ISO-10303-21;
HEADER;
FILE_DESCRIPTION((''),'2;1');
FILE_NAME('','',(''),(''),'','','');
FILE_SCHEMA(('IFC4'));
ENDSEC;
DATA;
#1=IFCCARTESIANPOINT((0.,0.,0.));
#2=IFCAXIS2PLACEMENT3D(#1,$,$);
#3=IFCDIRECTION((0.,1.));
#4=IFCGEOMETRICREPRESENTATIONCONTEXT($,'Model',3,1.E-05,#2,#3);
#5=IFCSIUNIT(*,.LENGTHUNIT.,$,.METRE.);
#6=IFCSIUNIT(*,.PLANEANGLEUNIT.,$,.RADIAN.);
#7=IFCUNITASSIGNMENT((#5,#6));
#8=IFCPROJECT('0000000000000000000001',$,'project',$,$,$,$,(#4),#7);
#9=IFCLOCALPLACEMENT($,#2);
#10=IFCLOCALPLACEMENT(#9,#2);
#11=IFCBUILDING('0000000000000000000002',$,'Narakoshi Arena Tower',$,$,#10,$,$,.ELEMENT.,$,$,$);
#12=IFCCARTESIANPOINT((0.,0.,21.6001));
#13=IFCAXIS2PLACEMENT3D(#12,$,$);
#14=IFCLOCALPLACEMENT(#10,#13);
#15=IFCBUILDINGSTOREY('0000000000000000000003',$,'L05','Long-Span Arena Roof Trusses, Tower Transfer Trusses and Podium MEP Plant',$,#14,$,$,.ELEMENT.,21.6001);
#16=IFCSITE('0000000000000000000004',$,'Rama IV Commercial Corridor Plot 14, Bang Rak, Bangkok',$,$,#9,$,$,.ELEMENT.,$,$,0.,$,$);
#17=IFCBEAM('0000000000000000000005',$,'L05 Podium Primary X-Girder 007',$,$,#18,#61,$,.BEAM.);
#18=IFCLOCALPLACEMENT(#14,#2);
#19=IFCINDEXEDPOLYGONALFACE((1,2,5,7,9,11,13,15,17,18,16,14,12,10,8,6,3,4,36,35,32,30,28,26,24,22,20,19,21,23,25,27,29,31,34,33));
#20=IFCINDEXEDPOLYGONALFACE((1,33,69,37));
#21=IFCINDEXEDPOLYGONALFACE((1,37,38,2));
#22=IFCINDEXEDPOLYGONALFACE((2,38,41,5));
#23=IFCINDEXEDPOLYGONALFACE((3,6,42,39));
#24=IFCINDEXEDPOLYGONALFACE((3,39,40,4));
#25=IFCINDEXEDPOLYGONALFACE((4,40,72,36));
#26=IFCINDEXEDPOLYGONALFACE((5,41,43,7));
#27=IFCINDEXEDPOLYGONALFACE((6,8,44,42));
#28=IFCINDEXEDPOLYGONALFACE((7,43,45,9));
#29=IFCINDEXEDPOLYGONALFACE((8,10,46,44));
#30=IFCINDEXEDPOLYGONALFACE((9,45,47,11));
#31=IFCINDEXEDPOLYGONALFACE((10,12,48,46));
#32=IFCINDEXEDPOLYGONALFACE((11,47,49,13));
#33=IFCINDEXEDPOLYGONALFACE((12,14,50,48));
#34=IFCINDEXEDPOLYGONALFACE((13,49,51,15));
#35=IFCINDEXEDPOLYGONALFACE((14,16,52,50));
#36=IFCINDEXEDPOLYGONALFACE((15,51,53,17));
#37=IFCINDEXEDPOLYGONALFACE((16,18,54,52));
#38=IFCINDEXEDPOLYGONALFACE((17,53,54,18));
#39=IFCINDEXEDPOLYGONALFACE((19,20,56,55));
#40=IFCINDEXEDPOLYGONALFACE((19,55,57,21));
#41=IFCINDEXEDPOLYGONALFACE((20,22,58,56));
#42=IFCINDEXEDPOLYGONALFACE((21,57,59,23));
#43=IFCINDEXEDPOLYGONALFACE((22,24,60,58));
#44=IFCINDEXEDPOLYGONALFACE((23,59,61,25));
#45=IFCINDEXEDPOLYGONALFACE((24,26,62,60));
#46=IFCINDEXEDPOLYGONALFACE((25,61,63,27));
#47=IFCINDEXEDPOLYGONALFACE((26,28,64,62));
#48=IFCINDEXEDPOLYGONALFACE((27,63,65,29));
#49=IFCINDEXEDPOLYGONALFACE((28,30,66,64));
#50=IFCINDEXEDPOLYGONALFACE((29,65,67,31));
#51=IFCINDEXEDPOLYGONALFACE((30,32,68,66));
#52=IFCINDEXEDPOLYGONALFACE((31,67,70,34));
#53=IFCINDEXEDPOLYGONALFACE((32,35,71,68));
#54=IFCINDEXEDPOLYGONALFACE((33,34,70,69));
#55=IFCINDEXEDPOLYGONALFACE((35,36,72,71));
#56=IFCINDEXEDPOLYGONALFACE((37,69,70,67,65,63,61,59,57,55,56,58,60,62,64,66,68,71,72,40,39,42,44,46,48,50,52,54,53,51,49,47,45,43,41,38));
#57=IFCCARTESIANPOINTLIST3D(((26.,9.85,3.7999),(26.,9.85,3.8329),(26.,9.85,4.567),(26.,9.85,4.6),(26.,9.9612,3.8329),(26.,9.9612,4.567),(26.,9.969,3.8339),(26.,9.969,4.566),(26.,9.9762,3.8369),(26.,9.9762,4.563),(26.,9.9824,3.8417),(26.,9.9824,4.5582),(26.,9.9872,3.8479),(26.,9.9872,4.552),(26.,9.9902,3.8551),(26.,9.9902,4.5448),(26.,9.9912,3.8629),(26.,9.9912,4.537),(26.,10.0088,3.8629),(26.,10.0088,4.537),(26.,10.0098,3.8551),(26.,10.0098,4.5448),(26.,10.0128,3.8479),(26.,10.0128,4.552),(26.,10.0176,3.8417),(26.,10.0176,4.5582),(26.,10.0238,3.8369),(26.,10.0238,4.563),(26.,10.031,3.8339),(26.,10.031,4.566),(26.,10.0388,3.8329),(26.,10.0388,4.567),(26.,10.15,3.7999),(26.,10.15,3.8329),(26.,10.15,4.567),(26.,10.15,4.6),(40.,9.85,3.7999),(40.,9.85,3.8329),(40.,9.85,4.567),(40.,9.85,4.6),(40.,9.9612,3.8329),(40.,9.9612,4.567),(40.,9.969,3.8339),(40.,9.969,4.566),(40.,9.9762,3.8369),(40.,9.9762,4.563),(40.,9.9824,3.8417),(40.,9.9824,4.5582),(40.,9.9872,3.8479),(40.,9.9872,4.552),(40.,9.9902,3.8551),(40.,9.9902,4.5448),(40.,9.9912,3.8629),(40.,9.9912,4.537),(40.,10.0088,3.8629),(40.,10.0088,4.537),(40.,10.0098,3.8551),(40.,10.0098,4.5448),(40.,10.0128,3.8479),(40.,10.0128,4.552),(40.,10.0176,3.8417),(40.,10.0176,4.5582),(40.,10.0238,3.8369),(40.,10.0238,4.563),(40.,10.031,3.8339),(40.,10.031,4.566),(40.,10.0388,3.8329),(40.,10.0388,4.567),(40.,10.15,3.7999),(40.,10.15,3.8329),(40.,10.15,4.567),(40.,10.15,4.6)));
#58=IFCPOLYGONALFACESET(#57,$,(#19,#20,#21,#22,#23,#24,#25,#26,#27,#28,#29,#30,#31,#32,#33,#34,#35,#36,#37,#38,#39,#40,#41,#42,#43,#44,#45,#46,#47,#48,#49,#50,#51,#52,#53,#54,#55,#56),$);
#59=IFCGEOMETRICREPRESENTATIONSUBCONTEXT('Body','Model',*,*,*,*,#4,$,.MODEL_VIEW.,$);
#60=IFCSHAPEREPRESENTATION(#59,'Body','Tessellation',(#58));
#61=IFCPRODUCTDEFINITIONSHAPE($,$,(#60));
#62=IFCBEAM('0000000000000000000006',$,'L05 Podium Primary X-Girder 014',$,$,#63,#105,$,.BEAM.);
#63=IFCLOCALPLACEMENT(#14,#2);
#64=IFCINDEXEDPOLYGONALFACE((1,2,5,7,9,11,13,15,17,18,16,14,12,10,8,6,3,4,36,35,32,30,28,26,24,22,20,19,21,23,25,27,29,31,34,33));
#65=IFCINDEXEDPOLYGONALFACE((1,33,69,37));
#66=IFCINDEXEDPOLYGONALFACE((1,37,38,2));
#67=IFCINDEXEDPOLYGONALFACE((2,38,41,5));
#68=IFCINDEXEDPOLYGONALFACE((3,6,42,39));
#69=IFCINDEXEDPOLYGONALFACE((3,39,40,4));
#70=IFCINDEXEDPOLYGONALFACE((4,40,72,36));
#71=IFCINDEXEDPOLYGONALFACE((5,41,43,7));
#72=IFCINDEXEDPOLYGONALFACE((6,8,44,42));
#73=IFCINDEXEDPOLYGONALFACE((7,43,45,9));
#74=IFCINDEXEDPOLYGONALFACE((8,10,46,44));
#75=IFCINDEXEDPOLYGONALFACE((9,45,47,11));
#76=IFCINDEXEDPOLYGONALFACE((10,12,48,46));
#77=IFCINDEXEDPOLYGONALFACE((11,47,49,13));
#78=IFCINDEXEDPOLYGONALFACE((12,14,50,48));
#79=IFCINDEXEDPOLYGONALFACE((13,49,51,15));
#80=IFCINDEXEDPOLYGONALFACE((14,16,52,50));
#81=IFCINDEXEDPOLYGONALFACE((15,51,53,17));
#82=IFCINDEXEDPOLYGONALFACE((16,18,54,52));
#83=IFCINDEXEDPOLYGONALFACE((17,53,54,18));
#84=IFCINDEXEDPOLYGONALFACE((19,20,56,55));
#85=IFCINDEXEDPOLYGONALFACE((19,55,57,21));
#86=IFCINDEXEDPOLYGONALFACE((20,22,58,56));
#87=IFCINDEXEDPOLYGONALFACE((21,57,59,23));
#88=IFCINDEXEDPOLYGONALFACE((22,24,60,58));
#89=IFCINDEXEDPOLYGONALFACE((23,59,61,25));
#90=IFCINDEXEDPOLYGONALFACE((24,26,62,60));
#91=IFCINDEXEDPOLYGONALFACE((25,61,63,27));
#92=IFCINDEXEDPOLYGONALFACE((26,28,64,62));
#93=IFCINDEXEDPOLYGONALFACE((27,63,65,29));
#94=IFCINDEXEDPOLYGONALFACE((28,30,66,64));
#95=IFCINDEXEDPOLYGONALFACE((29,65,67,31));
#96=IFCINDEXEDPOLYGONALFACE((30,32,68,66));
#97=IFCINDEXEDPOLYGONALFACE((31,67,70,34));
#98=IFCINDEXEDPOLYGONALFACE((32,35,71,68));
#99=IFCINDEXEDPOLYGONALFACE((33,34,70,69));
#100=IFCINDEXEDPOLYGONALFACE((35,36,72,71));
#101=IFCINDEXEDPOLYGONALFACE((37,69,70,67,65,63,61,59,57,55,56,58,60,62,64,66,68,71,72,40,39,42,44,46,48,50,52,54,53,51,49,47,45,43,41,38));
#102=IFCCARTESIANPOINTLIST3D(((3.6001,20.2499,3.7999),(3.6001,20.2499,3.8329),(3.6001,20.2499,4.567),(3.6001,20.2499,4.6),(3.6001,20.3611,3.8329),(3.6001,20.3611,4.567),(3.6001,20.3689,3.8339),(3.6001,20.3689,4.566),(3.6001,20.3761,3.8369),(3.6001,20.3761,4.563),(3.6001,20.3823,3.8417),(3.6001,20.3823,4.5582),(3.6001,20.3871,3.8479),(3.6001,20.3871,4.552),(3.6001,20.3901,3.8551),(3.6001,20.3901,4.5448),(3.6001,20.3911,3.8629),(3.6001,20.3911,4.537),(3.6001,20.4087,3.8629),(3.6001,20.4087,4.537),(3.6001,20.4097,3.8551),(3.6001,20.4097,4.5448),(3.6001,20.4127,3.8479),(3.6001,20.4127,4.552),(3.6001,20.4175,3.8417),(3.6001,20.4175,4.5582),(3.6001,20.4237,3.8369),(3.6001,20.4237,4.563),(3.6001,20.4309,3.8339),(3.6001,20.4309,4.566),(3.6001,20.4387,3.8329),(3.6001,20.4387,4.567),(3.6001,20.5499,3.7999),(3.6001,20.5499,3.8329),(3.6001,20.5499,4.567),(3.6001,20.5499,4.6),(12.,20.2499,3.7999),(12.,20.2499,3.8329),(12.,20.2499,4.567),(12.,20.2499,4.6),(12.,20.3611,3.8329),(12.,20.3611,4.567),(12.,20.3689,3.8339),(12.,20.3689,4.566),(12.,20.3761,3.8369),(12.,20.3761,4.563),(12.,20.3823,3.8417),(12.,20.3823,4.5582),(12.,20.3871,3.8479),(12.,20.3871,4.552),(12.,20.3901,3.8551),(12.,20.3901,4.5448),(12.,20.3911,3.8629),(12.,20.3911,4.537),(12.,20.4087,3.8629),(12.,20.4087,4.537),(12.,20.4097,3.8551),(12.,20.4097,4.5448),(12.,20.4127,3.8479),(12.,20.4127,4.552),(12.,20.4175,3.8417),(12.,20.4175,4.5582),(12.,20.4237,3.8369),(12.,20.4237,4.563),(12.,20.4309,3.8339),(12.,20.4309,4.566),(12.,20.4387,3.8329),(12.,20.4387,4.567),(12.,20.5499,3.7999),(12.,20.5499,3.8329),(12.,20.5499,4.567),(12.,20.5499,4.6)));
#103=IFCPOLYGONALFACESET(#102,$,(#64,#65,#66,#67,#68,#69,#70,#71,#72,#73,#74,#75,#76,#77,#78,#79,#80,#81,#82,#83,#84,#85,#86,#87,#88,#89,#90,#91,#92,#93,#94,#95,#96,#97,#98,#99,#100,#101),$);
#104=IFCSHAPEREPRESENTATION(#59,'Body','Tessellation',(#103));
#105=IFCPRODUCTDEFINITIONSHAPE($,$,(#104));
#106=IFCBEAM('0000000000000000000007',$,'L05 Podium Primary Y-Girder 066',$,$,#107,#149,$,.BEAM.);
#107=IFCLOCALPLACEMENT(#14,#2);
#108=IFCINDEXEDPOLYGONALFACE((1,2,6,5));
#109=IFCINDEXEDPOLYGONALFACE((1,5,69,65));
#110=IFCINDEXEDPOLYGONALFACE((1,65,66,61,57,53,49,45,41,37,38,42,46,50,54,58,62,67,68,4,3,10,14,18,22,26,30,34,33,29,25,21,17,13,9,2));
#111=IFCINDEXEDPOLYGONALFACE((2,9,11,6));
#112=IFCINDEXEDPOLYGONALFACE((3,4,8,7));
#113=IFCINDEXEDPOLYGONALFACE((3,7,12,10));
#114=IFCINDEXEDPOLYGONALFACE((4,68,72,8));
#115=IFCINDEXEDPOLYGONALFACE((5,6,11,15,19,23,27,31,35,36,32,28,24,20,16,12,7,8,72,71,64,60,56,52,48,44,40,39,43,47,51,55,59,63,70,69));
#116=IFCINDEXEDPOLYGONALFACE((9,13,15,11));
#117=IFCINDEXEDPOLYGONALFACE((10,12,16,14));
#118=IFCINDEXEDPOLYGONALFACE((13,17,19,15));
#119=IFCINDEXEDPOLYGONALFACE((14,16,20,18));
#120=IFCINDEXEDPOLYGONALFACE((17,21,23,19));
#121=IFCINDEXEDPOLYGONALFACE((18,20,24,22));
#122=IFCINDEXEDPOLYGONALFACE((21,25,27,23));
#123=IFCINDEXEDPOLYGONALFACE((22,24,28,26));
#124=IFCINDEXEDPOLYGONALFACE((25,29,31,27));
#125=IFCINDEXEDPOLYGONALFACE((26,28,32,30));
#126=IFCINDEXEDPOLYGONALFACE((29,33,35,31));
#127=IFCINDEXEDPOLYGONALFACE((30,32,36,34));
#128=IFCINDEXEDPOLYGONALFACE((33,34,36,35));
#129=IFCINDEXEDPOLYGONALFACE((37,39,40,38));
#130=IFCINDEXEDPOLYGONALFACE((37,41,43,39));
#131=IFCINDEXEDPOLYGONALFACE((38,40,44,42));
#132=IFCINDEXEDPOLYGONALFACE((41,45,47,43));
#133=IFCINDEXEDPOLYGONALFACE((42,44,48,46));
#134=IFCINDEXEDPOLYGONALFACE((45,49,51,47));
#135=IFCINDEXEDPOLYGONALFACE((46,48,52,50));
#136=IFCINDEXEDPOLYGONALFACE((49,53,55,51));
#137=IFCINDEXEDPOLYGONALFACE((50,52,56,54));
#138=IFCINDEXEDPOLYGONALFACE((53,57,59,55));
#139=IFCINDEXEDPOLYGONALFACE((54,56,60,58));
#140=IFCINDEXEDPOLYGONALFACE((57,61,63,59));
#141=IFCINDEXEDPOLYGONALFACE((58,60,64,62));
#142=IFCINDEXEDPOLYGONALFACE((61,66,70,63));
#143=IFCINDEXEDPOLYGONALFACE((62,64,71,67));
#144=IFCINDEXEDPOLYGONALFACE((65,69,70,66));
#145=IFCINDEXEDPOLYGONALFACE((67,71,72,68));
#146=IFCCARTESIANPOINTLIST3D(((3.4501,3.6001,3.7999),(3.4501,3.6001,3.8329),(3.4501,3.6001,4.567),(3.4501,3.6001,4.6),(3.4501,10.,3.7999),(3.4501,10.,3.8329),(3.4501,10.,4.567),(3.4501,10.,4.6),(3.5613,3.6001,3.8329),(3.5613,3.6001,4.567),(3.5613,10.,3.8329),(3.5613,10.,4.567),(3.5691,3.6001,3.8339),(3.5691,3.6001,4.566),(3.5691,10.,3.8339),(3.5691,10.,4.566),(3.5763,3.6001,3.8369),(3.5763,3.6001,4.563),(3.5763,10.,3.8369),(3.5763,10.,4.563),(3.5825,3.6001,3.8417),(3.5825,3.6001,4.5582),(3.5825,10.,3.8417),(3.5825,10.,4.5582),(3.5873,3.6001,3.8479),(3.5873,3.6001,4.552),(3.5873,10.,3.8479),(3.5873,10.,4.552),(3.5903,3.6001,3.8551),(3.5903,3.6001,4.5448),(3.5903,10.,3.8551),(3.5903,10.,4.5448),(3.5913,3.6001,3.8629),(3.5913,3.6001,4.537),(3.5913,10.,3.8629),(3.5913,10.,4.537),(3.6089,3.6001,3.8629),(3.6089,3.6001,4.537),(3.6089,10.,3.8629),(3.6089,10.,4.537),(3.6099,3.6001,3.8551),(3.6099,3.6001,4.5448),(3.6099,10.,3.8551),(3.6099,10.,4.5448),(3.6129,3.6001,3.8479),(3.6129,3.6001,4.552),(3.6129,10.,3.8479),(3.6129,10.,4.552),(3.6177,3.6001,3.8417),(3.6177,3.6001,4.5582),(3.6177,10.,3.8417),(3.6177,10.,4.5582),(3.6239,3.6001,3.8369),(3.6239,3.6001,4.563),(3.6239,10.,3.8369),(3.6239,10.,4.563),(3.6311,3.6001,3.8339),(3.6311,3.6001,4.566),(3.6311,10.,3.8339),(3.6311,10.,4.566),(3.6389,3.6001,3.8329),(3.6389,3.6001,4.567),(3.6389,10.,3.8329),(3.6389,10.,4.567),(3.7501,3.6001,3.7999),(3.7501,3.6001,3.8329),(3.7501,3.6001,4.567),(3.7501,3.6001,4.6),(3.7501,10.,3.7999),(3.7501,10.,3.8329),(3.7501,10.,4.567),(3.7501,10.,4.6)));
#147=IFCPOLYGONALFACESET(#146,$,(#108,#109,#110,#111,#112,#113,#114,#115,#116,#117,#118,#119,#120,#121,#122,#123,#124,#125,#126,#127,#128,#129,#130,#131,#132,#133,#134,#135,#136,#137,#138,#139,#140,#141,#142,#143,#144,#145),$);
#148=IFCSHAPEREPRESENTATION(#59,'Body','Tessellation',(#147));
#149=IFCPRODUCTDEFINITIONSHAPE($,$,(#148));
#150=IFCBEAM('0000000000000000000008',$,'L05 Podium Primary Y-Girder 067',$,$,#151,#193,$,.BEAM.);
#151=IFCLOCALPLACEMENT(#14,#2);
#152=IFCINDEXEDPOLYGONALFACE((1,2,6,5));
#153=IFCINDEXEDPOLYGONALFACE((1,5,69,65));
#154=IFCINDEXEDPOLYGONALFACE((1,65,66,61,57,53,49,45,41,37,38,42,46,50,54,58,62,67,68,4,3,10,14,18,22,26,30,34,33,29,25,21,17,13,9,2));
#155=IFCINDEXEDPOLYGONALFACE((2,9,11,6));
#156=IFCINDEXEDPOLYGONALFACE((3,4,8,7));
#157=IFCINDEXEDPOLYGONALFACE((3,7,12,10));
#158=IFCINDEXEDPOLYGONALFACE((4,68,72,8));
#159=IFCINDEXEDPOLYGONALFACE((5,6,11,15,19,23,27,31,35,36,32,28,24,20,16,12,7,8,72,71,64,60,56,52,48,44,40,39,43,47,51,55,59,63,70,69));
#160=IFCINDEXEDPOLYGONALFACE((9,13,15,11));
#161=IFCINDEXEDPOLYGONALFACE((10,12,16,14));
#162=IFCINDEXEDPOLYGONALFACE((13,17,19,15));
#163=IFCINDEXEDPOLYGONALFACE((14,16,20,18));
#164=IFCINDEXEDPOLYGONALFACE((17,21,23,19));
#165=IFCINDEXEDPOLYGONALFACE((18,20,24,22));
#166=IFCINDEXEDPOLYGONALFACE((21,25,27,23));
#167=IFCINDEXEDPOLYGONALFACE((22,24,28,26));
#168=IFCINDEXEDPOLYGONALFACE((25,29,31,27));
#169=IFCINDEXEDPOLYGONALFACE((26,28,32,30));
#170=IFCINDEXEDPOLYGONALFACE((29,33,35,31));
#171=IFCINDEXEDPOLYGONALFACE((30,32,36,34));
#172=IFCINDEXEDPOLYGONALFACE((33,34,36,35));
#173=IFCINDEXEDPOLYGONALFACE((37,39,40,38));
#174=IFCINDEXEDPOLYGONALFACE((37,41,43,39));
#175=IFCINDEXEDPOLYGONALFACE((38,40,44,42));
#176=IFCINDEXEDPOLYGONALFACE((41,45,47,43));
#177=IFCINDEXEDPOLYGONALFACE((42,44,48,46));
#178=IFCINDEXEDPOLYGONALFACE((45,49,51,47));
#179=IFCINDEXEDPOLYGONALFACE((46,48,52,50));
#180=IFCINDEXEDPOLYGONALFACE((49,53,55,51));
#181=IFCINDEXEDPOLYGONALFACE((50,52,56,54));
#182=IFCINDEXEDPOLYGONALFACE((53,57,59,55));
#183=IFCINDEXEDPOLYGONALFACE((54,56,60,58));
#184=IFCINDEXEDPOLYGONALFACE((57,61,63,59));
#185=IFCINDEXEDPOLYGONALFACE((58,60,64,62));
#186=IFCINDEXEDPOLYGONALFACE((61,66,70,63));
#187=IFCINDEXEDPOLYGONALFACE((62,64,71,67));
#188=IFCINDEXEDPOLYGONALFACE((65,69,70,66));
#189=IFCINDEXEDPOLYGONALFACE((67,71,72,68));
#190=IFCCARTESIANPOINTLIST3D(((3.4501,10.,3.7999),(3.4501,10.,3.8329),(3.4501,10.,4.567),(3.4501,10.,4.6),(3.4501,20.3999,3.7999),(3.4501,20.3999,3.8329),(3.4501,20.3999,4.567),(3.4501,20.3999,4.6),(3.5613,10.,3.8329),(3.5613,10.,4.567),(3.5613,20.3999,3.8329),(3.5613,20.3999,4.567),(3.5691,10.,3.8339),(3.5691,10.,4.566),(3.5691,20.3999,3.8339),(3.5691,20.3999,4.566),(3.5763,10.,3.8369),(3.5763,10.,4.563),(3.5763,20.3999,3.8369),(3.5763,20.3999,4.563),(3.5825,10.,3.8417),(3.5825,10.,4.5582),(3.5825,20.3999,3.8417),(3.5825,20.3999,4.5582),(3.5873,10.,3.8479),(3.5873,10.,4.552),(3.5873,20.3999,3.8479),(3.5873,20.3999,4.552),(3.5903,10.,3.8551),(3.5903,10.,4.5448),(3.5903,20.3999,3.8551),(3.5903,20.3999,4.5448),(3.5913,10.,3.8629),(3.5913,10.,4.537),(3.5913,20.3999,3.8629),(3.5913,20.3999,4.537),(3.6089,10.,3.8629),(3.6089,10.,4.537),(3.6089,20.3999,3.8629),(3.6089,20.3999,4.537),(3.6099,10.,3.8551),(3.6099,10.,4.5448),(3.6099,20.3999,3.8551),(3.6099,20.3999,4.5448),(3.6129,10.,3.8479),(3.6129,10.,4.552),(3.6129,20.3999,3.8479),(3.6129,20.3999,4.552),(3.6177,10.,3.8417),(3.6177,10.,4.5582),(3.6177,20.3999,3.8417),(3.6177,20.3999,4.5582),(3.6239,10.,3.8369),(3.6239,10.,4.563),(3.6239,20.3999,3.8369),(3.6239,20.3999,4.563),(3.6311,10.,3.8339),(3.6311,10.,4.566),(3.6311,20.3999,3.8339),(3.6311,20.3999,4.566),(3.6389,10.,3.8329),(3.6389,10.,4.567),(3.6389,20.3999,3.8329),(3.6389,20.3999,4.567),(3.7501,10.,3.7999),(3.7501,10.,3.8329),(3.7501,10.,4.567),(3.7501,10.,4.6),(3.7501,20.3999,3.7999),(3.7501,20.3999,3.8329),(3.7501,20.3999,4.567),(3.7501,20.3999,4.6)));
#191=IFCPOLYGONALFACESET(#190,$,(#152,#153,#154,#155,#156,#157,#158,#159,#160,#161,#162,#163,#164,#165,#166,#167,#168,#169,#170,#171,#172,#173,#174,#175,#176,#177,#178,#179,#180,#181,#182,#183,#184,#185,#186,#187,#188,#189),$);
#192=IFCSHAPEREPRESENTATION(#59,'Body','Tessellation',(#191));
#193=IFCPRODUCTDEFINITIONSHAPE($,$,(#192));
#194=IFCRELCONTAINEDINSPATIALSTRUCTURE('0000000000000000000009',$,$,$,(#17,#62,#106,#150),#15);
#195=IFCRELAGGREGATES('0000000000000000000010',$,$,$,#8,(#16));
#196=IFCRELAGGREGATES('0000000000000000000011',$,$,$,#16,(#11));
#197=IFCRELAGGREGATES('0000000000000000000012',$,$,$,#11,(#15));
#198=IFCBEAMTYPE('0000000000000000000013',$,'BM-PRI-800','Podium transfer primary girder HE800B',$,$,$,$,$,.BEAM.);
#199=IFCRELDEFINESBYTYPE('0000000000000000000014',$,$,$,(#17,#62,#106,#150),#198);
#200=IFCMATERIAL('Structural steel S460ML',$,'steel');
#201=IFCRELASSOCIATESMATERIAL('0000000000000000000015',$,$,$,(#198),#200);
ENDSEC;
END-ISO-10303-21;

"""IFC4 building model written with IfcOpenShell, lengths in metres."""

from ifc_helpers import new_model, si_unit, direction, frame, origin, origin_2d, place, context, subcontext, project, spatial, i_section, extrude, material, material_profile, profile_set, type_object, element, save


model = new_model("IFC4")

# Units and contexts
model_context = context("Model", 3, precision=1e-05, world=origin(), true_north=direction((0.0, 1.0)))
body_context = subcontext(model_context, "Body", "Model", "MODEL_VIEW")
ifc_project = project(units=[si_unit("LENGTHUNIT", "METRE"), si_unit("PLANEANGLEUNIT", "RADIAN")], contexts=[model_context])

# Site, building, storey
site_placement = place(None, origin())
site = spatial("IfcSite", under=ifc_project, at=site_placement, Name="Rama IV Commercial Corridor Plot 14, Bang Rak, Bangkok", CompositionType="ELEMENT", RefElevation=0.0)
building_placement = place(site_placement, origin())
building = spatial("IfcBuilding", under=site, at=building_placement, Name="Narakoshi Arena Tower", CompositionType="ELEMENT")
storey_placement = place(building_placement, frame((0.0, 0.0, 21.6001)))
storey = spatial("IfcBuildingStorey", under=building, at=storey_placement, Name="L05", Description="Long-Span Arena Roof Trusses, Tower Transfer Trusses and Podium MEP Plant", CompositionType="ELEMENT", Elevation=21.6001)

# Beams
ifc_material_1 = material(Name="Structural steel S460ML", Category="steel")
ifc_material_profile_1 = material_profile(ifc_material_1, i_section(OverallWidth=0.3, OverallDepth=0.8, WebThickness=0.0176, FlangeThickness=0.033, FilletRadius=0.03, at=origin_2d()), Name="HE800B")
ifc_profile_set_1 = profile_set([ifc_material_profile_1], Name="Structural steel S460ML")
beam_type_1 = type_object("IfcBeamType", Name="BM-PRI-800", Description="Podium transfer primary girder HE800B", PredefinedType="BEAM", material=ifc_profile_set_1)
for number, where, z_axis, x_axis, name in (
    (1, (26.0, 10.0, 4.2), (1.0, 0.0, 0.0), (0.0, 1.0, 0.0), "L05 Podium Primary X-Girder 007"),
):
    element("IfcBeam", number, at=place(storey_placement, frame(where, z_axis=z_axis, x_axis=x_axis)), inside=storey, type_object=beam_type_1, Name=name, PredefinedType="BEAM", context=body_context, shape_type="SweptSolid", body=[
        extrude(i_section(OverallWidth=0.3, OverallDepth=0.8, WebThickness=0.0176, FlangeThickness=0.033, FilletRadius=0.03, at=origin_2d()), origin(), (0.0, 0.0, 1.0), 14.0),
    ])
beam_1_placement = place(storey_placement, frame((3.6001, 20.3999, 4.2), z_axis=(1.0, 0.0, 0.0), x_axis=(0.0, 1.0, 0.0)))
element("IfcBeam", 2, at=beam_1_placement, inside=storey, type_object=beam_type_1, Name="L05 Podium Primary X-Girder 014", PredefinedType="BEAM", context=body_context, shape_type="SweptSolid", body=[
    extrude(i_section(OverallWidth=0.3, OverallDepth=0.8, WebThickness=0.0176, FlangeThickness=0.033, FilletRadius=0.03, at=origin_2d()), origin(), (0.0, 0.0, 1.0), 8.3999),
])
beam_2_placement = place(storey_placement, frame((3.6001, 3.6001, 4.2), z_axis=(0.0, 1.0, 0.0), x_axis=(-1.0, 0.0, 0.0)))
element("IfcBeam", 3, at=beam_2_placement, inside=storey, type_object=beam_type_1, Name="L05 Podium Primary Y-Girder 066", PredefinedType="BEAM", context=body_context, shape_type="SweptSolid", body=[
    extrude(i_section(OverallWidth=0.3, OverallDepth=0.8, WebThickness=0.0176, FlangeThickness=0.033, FilletRadius=0.03, at=origin_2d()), origin(), (0.0, 0.0, 1.0), 6.3999),
])
for number, where, z_axis, x_axis, name in (
    (4, (3.6001, 10.0, 4.2), (0.0, 1.0, 0.0), (-1.0, 0.0, 0.0), "L05 Podium Primary Y-Girder 067"),
):
    element("IfcBeam", number, at=place(storey_placement, frame(where, z_axis=z_axis, x_axis=x_axis)), inside=storey, type_object=beam_type_1, Name=name, PredefinedType="BEAM", context=body_context, shape_type="SweptSolid", body=[
        extrude(i_section(OverallWidth=0.3, OverallDepth=0.8, WebThickness=0.0176, FlangeThickness=0.033, FilletRadius=0.03, at=origin_2d()), origin(), (0.0, 0.0, 1.0), 10.3999),
    ])

save(model, "model.ifc")
